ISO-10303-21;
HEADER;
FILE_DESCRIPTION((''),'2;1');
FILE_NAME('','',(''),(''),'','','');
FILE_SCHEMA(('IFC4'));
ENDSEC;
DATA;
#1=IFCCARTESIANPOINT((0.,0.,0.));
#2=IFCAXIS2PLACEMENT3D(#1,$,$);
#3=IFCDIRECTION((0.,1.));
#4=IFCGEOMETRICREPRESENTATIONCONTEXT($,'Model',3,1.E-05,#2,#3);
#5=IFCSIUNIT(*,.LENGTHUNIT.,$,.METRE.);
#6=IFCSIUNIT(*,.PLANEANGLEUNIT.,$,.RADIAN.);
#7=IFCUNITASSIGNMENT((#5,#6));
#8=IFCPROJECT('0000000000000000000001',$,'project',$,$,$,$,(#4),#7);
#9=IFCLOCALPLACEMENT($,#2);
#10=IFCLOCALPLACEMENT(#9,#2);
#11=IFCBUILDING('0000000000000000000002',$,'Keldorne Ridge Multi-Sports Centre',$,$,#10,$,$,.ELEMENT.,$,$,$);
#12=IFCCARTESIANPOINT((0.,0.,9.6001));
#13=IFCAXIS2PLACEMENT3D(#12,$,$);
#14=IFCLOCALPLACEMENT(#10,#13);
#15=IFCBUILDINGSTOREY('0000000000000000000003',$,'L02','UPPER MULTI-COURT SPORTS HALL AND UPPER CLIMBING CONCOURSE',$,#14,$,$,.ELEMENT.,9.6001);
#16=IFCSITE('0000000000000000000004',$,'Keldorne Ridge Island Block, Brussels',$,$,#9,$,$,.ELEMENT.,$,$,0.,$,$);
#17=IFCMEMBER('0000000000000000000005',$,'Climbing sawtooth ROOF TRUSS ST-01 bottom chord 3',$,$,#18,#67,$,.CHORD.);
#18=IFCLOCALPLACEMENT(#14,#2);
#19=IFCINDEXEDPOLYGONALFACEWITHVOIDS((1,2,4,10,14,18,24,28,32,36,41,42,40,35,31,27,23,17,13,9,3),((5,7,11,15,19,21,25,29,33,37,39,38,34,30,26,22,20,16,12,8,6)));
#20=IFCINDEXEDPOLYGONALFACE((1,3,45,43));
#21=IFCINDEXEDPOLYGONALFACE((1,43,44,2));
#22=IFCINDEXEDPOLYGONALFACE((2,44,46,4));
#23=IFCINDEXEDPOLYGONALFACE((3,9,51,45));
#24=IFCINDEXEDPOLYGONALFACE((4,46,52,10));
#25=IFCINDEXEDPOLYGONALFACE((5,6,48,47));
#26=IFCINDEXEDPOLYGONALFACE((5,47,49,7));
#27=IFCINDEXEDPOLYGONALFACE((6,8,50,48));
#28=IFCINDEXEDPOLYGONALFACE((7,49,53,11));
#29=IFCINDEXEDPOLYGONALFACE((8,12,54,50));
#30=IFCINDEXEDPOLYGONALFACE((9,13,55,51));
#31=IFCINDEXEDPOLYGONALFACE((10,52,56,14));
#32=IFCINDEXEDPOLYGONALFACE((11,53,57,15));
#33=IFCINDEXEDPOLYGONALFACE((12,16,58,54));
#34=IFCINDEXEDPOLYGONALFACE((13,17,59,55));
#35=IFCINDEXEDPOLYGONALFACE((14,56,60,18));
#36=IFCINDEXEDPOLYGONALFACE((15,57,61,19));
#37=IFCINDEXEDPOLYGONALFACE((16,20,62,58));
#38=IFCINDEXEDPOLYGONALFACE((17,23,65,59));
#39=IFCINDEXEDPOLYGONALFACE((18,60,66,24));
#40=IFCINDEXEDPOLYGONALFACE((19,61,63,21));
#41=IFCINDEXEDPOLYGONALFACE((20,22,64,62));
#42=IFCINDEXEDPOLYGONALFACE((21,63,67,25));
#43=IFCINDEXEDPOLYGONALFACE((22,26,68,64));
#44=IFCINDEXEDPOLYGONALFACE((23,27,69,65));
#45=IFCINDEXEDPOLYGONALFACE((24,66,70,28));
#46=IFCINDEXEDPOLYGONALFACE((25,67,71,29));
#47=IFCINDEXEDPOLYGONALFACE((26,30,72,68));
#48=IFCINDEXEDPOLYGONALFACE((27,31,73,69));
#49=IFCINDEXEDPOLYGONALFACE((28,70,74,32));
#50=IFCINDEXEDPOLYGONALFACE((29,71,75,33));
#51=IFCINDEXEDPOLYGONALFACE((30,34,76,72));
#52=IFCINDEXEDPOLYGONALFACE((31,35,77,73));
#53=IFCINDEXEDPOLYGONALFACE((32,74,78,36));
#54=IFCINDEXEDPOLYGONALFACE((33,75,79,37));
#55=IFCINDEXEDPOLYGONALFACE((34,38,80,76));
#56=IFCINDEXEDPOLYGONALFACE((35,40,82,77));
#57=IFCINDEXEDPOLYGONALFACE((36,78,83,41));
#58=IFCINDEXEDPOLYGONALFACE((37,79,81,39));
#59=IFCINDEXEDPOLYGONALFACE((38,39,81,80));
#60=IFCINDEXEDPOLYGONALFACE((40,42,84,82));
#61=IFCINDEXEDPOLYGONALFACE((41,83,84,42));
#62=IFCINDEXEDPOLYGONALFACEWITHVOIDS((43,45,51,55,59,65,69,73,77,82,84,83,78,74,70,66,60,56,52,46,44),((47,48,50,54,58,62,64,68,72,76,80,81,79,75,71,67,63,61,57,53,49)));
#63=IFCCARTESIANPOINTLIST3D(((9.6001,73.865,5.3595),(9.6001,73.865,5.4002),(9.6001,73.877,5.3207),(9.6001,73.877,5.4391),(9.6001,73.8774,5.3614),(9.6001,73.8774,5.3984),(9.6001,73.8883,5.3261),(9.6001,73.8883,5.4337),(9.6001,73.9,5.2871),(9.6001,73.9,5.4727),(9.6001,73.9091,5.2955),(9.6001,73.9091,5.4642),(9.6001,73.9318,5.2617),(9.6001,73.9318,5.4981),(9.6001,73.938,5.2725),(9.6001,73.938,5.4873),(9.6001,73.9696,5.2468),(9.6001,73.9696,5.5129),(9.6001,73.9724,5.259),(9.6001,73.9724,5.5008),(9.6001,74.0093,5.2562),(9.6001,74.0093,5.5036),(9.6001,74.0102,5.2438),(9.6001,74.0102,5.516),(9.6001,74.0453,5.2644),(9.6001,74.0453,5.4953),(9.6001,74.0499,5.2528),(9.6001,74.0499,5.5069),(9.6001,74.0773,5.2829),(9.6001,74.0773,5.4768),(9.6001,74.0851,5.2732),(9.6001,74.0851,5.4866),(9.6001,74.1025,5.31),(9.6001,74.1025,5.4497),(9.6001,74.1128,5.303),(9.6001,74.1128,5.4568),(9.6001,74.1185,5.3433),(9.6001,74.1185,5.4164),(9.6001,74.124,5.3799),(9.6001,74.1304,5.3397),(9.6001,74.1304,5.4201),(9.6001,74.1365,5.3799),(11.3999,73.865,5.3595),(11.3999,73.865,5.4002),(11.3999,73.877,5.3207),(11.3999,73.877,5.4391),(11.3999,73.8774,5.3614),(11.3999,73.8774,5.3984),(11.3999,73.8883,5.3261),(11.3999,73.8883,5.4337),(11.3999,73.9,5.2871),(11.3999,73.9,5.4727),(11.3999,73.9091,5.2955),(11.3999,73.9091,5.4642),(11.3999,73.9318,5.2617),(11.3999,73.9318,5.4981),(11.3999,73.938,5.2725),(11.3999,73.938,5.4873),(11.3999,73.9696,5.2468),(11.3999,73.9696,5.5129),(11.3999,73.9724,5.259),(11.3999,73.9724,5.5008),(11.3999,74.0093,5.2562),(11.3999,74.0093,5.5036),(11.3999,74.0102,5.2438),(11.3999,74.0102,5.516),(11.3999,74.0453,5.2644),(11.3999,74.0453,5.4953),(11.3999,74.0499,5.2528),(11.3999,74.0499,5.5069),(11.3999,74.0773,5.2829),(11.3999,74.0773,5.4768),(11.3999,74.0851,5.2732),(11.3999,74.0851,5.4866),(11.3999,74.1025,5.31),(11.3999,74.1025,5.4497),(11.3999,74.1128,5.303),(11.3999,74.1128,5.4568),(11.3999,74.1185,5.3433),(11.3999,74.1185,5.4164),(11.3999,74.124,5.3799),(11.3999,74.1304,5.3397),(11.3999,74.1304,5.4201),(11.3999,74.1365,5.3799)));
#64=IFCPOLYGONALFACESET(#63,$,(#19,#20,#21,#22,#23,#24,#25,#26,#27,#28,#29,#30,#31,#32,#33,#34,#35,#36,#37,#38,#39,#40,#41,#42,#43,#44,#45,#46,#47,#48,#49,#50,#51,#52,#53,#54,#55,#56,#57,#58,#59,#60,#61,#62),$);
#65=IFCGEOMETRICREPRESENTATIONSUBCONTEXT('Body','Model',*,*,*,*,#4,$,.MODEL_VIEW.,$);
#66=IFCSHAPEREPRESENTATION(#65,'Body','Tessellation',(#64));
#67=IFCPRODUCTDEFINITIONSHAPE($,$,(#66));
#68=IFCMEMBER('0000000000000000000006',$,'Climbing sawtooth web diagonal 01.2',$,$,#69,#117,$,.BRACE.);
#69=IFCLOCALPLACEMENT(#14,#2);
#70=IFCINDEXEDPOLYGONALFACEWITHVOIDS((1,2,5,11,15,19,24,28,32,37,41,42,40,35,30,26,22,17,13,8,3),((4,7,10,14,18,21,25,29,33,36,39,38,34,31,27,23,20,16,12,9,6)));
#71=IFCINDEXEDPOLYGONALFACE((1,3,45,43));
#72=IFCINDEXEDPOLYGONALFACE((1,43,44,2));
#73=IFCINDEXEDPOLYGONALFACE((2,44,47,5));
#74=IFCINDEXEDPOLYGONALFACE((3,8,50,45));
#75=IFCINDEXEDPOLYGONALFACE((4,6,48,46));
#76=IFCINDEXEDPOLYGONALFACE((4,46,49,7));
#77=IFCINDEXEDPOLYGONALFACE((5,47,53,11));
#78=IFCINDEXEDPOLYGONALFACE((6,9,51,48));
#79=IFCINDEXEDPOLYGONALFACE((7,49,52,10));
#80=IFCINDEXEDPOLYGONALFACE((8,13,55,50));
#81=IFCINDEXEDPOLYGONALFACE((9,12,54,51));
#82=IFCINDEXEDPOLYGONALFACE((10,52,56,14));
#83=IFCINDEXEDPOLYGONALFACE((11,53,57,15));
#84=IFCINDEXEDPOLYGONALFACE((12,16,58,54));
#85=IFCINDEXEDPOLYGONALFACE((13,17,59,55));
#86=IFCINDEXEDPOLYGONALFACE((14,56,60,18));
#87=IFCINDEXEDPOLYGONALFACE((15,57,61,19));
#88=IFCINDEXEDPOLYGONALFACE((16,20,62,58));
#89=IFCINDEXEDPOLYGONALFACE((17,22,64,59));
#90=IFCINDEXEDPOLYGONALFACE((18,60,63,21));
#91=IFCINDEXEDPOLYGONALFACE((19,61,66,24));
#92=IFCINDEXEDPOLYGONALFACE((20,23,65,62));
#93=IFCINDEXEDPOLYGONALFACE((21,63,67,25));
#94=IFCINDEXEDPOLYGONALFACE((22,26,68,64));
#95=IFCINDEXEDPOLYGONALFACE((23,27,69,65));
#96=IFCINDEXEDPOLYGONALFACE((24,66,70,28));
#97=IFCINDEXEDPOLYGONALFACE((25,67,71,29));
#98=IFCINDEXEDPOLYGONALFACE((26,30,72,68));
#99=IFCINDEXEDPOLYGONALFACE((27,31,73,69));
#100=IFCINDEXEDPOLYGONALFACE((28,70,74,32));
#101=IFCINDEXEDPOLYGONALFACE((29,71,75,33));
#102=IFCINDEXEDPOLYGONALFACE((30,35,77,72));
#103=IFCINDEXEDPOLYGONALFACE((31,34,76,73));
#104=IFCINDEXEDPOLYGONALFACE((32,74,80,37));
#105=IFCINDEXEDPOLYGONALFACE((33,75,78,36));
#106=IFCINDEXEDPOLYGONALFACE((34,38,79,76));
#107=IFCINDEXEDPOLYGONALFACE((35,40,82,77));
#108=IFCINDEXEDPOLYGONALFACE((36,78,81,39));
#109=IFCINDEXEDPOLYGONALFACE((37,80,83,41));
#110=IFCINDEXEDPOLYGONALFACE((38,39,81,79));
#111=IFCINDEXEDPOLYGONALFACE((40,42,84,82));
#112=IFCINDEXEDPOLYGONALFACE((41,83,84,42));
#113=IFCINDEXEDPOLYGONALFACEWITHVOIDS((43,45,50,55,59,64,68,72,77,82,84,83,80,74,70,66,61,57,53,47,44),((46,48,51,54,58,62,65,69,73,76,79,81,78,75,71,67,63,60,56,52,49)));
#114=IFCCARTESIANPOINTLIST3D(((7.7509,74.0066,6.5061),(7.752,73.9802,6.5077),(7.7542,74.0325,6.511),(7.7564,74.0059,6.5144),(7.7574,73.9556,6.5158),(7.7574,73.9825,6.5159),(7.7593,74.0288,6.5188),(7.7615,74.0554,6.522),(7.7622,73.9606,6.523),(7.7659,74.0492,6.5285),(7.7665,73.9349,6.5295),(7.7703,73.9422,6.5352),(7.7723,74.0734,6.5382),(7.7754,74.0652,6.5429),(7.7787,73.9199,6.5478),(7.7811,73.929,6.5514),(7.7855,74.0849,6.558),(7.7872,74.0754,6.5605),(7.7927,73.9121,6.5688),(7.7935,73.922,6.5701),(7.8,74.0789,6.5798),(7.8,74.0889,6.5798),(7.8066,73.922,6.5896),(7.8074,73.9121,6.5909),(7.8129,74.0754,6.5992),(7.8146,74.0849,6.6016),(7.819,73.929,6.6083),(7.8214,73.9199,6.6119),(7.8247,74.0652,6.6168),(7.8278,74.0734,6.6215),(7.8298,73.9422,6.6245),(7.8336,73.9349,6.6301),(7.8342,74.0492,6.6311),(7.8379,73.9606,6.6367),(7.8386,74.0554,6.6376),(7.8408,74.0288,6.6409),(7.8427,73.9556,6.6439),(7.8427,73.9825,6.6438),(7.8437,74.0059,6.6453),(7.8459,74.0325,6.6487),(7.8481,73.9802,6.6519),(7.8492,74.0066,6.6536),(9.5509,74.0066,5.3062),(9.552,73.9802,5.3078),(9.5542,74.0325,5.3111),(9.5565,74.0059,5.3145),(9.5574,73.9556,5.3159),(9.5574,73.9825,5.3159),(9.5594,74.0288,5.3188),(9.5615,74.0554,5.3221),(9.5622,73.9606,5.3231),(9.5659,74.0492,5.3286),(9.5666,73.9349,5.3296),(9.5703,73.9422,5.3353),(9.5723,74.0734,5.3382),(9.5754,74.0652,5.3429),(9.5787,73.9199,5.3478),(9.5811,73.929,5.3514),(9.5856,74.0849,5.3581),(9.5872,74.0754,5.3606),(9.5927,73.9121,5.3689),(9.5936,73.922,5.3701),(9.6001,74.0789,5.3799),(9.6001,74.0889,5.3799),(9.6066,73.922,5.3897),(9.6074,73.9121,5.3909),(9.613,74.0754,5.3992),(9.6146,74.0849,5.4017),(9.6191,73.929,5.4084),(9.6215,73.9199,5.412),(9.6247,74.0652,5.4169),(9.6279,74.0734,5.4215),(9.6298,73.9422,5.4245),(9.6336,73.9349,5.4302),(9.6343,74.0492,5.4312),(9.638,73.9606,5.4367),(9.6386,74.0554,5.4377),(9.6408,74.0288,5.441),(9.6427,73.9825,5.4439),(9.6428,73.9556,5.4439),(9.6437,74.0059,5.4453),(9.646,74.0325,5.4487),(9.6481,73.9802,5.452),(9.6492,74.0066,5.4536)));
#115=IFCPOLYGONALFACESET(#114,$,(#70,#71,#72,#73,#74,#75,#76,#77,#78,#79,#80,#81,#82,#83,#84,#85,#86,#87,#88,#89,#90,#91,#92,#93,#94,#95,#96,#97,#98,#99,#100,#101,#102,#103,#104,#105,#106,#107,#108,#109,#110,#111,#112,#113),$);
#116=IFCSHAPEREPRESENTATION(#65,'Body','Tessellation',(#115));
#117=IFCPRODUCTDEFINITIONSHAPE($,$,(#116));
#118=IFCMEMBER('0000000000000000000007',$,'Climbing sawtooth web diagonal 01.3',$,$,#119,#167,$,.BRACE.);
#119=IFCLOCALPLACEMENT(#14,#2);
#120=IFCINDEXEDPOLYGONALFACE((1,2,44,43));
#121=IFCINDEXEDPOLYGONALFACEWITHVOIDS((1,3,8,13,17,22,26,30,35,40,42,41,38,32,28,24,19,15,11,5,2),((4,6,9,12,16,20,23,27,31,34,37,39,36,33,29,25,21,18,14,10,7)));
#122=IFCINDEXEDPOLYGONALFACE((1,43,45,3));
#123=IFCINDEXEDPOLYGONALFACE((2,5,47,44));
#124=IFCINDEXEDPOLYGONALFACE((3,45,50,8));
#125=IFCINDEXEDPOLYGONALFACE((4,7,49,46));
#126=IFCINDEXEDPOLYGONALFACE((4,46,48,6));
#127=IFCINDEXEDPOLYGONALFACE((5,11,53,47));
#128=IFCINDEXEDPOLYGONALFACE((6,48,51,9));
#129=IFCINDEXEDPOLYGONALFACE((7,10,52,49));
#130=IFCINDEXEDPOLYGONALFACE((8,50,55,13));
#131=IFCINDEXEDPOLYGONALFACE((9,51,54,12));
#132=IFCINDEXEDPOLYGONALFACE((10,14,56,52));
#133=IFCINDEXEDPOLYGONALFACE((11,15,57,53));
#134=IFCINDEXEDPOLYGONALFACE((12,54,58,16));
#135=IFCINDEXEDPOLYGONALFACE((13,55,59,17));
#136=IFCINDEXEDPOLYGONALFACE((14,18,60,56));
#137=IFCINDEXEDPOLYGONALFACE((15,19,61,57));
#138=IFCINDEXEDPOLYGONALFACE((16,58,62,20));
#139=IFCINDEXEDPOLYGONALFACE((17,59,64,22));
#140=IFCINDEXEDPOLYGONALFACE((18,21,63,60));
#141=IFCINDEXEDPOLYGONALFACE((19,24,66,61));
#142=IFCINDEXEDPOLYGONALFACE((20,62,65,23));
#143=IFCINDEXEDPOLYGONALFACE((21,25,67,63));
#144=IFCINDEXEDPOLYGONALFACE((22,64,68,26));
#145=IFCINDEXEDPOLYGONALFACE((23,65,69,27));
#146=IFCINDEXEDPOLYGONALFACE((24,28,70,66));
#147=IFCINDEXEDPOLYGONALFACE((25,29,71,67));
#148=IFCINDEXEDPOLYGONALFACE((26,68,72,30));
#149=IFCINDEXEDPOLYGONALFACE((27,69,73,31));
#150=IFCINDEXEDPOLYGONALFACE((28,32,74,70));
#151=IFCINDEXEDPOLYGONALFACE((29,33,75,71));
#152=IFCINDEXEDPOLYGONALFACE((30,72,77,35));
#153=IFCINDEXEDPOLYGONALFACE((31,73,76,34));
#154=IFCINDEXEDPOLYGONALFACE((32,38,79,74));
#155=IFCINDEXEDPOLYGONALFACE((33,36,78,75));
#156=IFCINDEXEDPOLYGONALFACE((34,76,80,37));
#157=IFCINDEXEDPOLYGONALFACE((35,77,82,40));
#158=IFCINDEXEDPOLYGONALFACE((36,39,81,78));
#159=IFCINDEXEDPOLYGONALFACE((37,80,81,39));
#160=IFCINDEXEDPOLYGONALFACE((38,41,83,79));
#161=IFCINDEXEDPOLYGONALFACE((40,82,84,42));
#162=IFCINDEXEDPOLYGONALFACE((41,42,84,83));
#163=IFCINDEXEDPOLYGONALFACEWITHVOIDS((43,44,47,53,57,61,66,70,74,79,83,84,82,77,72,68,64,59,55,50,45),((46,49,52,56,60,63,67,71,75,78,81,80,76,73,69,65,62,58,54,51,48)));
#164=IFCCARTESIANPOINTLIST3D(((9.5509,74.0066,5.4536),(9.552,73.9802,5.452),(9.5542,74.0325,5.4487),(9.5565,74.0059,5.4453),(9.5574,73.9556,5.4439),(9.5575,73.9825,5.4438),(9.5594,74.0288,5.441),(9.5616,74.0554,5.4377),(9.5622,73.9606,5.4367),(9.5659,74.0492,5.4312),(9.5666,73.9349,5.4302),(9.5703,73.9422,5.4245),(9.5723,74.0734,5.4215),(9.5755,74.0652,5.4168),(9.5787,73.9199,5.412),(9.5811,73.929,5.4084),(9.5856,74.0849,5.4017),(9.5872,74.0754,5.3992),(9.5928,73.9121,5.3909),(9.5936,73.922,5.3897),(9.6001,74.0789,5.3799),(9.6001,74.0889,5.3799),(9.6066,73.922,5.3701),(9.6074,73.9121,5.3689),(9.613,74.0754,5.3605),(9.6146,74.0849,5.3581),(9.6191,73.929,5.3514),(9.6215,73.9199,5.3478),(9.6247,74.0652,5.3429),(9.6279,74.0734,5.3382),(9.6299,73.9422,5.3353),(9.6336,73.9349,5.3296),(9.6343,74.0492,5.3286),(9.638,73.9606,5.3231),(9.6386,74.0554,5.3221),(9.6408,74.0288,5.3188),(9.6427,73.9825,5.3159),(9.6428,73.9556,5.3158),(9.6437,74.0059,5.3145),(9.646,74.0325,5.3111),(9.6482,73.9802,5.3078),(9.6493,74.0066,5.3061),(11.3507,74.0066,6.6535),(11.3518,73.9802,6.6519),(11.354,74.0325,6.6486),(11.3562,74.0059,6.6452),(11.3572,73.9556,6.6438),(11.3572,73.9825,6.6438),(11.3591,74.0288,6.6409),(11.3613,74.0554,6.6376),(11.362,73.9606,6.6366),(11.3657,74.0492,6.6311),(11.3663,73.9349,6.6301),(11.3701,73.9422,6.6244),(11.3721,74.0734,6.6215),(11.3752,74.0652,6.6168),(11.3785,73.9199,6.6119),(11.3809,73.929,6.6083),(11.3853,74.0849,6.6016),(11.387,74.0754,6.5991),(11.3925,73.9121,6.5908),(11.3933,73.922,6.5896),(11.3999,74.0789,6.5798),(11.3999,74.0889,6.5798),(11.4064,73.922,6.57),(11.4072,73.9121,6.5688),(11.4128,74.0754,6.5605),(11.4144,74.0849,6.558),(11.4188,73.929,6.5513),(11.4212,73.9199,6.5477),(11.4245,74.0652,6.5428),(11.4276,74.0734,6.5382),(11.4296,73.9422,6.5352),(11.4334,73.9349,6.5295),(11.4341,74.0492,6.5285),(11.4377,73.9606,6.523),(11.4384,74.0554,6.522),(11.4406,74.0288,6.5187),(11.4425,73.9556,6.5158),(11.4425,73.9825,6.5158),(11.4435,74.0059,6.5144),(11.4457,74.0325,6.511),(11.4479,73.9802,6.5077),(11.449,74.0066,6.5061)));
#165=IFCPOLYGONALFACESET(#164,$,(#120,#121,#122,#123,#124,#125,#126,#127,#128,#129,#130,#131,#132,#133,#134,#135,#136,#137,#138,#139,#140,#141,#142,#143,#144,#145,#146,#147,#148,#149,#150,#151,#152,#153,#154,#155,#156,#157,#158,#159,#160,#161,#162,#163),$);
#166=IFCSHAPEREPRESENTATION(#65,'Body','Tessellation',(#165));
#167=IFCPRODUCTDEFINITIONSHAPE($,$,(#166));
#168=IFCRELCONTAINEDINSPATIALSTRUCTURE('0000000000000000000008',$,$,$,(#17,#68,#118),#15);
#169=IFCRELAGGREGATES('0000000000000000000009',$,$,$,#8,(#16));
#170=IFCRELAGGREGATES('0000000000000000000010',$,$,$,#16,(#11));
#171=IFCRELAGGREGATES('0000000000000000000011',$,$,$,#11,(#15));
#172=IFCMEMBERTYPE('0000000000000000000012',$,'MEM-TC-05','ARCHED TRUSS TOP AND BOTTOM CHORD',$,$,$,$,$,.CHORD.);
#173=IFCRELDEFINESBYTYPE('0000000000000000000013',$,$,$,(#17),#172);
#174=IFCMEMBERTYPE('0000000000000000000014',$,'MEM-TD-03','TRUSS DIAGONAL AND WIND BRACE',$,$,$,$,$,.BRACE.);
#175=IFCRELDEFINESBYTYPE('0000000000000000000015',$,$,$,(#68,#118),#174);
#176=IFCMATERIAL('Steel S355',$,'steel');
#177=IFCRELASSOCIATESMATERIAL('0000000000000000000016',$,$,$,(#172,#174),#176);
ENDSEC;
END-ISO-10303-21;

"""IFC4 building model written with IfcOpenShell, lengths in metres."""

from ifc_helpers import new_model, si_unit, direction, frame, origin, origin_2d, place, context, subcontext, project, spatial, hollow_circle, extrude, material, material_profile, profile_set, type_object, element, save


model = new_model("IFC4")

# Units and contexts
model_context = context("Model", 3, precision=1e-05, world=origin(), true_north=direction((0.0, 1.0)))
body_context = subcontext(model_context, "Body", "Model", "MODEL_VIEW")
ifc_project = project(units=[si_unit("LENGTHUNIT", "METRE"), si_unit("PLANEANGLEUNIT", "RADIAN")], contexts=[model_context])

# Site, building, storey
site_placement = place(None, origin())
site = spatial("IfcSite", under=ifc_project, at=site_placement, Name="Keldorne Ridge Island Block, Brussels", CompositionType="ELEMENT", RefElevation=0.0)
building_placement = place(site_placement, origin())
building = spatial("IfcBuilding", under=site, at=building_placement, Name="Keldorne Ridge Multi-Sports Centre", CompositionType="ELEMENT")
storey_placement = place(building_placement, frame((0.0, 0.0, 9.6001)))
storey = spatial("IfcBuildingStorey", under=building, at=storey_placement, Name="L02", Description="UPPER MULTI-COURT SPORTS HALL AND UPPER CLIMBING CONCOURSE", CompositionType="ELEMENT", Elevation=9.6001)

# Members
ifc_material_1 = material(Name="Steel S355", Category="steel")
ifc_material_profile_1 = material_profile(ifc_material_1, hollow_circle(Radius=0.1365, WallThickness=0.0125, at=origin_2d()), Name="CHS 273x12.5")
ifc_profile_set_1 = profile_set([ifc_material_profile_1], Name="Steel S355")
member_type_1 = type_object("IfcMemberType", Name="MEM-TC-05", Description="ARCHED TRUSS TOP AND BOTTOM CHORD", PredefinedType="CHORD", material=ifc_profile_set_1)
member_1_placement = place(storey_placement, frame((9.6001, 74.0, 5.3799), z_axis=(1.0, 0.0, 0.0), x_axis=(0.0, 1.0, 0.0)))
element("IfcMember", 1, at=member_1_placement, inside=storey, type_object=member_type_1, Name="Climbing sawtooth ROOF TRUSS ST-01 bottom chord 3", PredefinedType="CHORD", context=body_context, shape_type="SweptSolid", body=[
    extrude(hollow_circle(Radius=0.1365, WallThickness=0.0125, at=origin_2d()), origin(), (0.0, 0.0, 1.0), 1.7998),
])
ifc_material_profile_2 = material_profile(ifc_material_1, hollow_circle(Radius=0.0889, WallThickness=0.01, at=origin_2d()), Name="CHS 177.8x10")
ifc_profile_set_2 = profile_set([ifc_material_profile_2], Name="Steel S355")
member_type_2 = type_object("IfcMemberType", Name="MEM-TD-03", Description="TRUSS DIAGONAL AND WIND BRACE", PredefinedType="BRACE", material=ifc_profile_set_2)
member_2_placement = place(storey_placement, frame((7.8, 74.0, 6.5798), z_axis=(0.832068, 0.0, -0.554674), x_axis=(0.0, 1.0, 0.0)))
element("IfcMember", 2, at=member_2_placement, inside=storey, type_object=member_type_2, Name="Climbing sawtooth web diagonal 01.2", PredefinedType="BRACE", context=body_context, shape_type="SweptSolid", body=[
    extrude(hollow_circle(Radius=0.0889, WallThickness=0.01, at=origin_2d()), origin(), (0.0, 0.0, 1.0), 2.1633),
])
member_3_placement = place(storey_placement, frame((9.6001, 74.0, 5.3799), z_axis=(0.832033, 0.0, 0.554726), x_axis=(0.0, 1.0, 0.0)))
element("IfcMember", 3, at=member_3_placement, inside=storey, type_object=member_type_2, Name="Climbing sawtooth web diagonal 01.3", PredefinedType="BRACE", context=body_context, shape_type="SweptSolid", body=[
    extrude(hollow_circle(Radius=0.0889, WallThickness=0.01, at=origin_2d()), origin(), (0.0, 0.0, 1.0), 2.1631),
])

save(model, "model.ifc")
